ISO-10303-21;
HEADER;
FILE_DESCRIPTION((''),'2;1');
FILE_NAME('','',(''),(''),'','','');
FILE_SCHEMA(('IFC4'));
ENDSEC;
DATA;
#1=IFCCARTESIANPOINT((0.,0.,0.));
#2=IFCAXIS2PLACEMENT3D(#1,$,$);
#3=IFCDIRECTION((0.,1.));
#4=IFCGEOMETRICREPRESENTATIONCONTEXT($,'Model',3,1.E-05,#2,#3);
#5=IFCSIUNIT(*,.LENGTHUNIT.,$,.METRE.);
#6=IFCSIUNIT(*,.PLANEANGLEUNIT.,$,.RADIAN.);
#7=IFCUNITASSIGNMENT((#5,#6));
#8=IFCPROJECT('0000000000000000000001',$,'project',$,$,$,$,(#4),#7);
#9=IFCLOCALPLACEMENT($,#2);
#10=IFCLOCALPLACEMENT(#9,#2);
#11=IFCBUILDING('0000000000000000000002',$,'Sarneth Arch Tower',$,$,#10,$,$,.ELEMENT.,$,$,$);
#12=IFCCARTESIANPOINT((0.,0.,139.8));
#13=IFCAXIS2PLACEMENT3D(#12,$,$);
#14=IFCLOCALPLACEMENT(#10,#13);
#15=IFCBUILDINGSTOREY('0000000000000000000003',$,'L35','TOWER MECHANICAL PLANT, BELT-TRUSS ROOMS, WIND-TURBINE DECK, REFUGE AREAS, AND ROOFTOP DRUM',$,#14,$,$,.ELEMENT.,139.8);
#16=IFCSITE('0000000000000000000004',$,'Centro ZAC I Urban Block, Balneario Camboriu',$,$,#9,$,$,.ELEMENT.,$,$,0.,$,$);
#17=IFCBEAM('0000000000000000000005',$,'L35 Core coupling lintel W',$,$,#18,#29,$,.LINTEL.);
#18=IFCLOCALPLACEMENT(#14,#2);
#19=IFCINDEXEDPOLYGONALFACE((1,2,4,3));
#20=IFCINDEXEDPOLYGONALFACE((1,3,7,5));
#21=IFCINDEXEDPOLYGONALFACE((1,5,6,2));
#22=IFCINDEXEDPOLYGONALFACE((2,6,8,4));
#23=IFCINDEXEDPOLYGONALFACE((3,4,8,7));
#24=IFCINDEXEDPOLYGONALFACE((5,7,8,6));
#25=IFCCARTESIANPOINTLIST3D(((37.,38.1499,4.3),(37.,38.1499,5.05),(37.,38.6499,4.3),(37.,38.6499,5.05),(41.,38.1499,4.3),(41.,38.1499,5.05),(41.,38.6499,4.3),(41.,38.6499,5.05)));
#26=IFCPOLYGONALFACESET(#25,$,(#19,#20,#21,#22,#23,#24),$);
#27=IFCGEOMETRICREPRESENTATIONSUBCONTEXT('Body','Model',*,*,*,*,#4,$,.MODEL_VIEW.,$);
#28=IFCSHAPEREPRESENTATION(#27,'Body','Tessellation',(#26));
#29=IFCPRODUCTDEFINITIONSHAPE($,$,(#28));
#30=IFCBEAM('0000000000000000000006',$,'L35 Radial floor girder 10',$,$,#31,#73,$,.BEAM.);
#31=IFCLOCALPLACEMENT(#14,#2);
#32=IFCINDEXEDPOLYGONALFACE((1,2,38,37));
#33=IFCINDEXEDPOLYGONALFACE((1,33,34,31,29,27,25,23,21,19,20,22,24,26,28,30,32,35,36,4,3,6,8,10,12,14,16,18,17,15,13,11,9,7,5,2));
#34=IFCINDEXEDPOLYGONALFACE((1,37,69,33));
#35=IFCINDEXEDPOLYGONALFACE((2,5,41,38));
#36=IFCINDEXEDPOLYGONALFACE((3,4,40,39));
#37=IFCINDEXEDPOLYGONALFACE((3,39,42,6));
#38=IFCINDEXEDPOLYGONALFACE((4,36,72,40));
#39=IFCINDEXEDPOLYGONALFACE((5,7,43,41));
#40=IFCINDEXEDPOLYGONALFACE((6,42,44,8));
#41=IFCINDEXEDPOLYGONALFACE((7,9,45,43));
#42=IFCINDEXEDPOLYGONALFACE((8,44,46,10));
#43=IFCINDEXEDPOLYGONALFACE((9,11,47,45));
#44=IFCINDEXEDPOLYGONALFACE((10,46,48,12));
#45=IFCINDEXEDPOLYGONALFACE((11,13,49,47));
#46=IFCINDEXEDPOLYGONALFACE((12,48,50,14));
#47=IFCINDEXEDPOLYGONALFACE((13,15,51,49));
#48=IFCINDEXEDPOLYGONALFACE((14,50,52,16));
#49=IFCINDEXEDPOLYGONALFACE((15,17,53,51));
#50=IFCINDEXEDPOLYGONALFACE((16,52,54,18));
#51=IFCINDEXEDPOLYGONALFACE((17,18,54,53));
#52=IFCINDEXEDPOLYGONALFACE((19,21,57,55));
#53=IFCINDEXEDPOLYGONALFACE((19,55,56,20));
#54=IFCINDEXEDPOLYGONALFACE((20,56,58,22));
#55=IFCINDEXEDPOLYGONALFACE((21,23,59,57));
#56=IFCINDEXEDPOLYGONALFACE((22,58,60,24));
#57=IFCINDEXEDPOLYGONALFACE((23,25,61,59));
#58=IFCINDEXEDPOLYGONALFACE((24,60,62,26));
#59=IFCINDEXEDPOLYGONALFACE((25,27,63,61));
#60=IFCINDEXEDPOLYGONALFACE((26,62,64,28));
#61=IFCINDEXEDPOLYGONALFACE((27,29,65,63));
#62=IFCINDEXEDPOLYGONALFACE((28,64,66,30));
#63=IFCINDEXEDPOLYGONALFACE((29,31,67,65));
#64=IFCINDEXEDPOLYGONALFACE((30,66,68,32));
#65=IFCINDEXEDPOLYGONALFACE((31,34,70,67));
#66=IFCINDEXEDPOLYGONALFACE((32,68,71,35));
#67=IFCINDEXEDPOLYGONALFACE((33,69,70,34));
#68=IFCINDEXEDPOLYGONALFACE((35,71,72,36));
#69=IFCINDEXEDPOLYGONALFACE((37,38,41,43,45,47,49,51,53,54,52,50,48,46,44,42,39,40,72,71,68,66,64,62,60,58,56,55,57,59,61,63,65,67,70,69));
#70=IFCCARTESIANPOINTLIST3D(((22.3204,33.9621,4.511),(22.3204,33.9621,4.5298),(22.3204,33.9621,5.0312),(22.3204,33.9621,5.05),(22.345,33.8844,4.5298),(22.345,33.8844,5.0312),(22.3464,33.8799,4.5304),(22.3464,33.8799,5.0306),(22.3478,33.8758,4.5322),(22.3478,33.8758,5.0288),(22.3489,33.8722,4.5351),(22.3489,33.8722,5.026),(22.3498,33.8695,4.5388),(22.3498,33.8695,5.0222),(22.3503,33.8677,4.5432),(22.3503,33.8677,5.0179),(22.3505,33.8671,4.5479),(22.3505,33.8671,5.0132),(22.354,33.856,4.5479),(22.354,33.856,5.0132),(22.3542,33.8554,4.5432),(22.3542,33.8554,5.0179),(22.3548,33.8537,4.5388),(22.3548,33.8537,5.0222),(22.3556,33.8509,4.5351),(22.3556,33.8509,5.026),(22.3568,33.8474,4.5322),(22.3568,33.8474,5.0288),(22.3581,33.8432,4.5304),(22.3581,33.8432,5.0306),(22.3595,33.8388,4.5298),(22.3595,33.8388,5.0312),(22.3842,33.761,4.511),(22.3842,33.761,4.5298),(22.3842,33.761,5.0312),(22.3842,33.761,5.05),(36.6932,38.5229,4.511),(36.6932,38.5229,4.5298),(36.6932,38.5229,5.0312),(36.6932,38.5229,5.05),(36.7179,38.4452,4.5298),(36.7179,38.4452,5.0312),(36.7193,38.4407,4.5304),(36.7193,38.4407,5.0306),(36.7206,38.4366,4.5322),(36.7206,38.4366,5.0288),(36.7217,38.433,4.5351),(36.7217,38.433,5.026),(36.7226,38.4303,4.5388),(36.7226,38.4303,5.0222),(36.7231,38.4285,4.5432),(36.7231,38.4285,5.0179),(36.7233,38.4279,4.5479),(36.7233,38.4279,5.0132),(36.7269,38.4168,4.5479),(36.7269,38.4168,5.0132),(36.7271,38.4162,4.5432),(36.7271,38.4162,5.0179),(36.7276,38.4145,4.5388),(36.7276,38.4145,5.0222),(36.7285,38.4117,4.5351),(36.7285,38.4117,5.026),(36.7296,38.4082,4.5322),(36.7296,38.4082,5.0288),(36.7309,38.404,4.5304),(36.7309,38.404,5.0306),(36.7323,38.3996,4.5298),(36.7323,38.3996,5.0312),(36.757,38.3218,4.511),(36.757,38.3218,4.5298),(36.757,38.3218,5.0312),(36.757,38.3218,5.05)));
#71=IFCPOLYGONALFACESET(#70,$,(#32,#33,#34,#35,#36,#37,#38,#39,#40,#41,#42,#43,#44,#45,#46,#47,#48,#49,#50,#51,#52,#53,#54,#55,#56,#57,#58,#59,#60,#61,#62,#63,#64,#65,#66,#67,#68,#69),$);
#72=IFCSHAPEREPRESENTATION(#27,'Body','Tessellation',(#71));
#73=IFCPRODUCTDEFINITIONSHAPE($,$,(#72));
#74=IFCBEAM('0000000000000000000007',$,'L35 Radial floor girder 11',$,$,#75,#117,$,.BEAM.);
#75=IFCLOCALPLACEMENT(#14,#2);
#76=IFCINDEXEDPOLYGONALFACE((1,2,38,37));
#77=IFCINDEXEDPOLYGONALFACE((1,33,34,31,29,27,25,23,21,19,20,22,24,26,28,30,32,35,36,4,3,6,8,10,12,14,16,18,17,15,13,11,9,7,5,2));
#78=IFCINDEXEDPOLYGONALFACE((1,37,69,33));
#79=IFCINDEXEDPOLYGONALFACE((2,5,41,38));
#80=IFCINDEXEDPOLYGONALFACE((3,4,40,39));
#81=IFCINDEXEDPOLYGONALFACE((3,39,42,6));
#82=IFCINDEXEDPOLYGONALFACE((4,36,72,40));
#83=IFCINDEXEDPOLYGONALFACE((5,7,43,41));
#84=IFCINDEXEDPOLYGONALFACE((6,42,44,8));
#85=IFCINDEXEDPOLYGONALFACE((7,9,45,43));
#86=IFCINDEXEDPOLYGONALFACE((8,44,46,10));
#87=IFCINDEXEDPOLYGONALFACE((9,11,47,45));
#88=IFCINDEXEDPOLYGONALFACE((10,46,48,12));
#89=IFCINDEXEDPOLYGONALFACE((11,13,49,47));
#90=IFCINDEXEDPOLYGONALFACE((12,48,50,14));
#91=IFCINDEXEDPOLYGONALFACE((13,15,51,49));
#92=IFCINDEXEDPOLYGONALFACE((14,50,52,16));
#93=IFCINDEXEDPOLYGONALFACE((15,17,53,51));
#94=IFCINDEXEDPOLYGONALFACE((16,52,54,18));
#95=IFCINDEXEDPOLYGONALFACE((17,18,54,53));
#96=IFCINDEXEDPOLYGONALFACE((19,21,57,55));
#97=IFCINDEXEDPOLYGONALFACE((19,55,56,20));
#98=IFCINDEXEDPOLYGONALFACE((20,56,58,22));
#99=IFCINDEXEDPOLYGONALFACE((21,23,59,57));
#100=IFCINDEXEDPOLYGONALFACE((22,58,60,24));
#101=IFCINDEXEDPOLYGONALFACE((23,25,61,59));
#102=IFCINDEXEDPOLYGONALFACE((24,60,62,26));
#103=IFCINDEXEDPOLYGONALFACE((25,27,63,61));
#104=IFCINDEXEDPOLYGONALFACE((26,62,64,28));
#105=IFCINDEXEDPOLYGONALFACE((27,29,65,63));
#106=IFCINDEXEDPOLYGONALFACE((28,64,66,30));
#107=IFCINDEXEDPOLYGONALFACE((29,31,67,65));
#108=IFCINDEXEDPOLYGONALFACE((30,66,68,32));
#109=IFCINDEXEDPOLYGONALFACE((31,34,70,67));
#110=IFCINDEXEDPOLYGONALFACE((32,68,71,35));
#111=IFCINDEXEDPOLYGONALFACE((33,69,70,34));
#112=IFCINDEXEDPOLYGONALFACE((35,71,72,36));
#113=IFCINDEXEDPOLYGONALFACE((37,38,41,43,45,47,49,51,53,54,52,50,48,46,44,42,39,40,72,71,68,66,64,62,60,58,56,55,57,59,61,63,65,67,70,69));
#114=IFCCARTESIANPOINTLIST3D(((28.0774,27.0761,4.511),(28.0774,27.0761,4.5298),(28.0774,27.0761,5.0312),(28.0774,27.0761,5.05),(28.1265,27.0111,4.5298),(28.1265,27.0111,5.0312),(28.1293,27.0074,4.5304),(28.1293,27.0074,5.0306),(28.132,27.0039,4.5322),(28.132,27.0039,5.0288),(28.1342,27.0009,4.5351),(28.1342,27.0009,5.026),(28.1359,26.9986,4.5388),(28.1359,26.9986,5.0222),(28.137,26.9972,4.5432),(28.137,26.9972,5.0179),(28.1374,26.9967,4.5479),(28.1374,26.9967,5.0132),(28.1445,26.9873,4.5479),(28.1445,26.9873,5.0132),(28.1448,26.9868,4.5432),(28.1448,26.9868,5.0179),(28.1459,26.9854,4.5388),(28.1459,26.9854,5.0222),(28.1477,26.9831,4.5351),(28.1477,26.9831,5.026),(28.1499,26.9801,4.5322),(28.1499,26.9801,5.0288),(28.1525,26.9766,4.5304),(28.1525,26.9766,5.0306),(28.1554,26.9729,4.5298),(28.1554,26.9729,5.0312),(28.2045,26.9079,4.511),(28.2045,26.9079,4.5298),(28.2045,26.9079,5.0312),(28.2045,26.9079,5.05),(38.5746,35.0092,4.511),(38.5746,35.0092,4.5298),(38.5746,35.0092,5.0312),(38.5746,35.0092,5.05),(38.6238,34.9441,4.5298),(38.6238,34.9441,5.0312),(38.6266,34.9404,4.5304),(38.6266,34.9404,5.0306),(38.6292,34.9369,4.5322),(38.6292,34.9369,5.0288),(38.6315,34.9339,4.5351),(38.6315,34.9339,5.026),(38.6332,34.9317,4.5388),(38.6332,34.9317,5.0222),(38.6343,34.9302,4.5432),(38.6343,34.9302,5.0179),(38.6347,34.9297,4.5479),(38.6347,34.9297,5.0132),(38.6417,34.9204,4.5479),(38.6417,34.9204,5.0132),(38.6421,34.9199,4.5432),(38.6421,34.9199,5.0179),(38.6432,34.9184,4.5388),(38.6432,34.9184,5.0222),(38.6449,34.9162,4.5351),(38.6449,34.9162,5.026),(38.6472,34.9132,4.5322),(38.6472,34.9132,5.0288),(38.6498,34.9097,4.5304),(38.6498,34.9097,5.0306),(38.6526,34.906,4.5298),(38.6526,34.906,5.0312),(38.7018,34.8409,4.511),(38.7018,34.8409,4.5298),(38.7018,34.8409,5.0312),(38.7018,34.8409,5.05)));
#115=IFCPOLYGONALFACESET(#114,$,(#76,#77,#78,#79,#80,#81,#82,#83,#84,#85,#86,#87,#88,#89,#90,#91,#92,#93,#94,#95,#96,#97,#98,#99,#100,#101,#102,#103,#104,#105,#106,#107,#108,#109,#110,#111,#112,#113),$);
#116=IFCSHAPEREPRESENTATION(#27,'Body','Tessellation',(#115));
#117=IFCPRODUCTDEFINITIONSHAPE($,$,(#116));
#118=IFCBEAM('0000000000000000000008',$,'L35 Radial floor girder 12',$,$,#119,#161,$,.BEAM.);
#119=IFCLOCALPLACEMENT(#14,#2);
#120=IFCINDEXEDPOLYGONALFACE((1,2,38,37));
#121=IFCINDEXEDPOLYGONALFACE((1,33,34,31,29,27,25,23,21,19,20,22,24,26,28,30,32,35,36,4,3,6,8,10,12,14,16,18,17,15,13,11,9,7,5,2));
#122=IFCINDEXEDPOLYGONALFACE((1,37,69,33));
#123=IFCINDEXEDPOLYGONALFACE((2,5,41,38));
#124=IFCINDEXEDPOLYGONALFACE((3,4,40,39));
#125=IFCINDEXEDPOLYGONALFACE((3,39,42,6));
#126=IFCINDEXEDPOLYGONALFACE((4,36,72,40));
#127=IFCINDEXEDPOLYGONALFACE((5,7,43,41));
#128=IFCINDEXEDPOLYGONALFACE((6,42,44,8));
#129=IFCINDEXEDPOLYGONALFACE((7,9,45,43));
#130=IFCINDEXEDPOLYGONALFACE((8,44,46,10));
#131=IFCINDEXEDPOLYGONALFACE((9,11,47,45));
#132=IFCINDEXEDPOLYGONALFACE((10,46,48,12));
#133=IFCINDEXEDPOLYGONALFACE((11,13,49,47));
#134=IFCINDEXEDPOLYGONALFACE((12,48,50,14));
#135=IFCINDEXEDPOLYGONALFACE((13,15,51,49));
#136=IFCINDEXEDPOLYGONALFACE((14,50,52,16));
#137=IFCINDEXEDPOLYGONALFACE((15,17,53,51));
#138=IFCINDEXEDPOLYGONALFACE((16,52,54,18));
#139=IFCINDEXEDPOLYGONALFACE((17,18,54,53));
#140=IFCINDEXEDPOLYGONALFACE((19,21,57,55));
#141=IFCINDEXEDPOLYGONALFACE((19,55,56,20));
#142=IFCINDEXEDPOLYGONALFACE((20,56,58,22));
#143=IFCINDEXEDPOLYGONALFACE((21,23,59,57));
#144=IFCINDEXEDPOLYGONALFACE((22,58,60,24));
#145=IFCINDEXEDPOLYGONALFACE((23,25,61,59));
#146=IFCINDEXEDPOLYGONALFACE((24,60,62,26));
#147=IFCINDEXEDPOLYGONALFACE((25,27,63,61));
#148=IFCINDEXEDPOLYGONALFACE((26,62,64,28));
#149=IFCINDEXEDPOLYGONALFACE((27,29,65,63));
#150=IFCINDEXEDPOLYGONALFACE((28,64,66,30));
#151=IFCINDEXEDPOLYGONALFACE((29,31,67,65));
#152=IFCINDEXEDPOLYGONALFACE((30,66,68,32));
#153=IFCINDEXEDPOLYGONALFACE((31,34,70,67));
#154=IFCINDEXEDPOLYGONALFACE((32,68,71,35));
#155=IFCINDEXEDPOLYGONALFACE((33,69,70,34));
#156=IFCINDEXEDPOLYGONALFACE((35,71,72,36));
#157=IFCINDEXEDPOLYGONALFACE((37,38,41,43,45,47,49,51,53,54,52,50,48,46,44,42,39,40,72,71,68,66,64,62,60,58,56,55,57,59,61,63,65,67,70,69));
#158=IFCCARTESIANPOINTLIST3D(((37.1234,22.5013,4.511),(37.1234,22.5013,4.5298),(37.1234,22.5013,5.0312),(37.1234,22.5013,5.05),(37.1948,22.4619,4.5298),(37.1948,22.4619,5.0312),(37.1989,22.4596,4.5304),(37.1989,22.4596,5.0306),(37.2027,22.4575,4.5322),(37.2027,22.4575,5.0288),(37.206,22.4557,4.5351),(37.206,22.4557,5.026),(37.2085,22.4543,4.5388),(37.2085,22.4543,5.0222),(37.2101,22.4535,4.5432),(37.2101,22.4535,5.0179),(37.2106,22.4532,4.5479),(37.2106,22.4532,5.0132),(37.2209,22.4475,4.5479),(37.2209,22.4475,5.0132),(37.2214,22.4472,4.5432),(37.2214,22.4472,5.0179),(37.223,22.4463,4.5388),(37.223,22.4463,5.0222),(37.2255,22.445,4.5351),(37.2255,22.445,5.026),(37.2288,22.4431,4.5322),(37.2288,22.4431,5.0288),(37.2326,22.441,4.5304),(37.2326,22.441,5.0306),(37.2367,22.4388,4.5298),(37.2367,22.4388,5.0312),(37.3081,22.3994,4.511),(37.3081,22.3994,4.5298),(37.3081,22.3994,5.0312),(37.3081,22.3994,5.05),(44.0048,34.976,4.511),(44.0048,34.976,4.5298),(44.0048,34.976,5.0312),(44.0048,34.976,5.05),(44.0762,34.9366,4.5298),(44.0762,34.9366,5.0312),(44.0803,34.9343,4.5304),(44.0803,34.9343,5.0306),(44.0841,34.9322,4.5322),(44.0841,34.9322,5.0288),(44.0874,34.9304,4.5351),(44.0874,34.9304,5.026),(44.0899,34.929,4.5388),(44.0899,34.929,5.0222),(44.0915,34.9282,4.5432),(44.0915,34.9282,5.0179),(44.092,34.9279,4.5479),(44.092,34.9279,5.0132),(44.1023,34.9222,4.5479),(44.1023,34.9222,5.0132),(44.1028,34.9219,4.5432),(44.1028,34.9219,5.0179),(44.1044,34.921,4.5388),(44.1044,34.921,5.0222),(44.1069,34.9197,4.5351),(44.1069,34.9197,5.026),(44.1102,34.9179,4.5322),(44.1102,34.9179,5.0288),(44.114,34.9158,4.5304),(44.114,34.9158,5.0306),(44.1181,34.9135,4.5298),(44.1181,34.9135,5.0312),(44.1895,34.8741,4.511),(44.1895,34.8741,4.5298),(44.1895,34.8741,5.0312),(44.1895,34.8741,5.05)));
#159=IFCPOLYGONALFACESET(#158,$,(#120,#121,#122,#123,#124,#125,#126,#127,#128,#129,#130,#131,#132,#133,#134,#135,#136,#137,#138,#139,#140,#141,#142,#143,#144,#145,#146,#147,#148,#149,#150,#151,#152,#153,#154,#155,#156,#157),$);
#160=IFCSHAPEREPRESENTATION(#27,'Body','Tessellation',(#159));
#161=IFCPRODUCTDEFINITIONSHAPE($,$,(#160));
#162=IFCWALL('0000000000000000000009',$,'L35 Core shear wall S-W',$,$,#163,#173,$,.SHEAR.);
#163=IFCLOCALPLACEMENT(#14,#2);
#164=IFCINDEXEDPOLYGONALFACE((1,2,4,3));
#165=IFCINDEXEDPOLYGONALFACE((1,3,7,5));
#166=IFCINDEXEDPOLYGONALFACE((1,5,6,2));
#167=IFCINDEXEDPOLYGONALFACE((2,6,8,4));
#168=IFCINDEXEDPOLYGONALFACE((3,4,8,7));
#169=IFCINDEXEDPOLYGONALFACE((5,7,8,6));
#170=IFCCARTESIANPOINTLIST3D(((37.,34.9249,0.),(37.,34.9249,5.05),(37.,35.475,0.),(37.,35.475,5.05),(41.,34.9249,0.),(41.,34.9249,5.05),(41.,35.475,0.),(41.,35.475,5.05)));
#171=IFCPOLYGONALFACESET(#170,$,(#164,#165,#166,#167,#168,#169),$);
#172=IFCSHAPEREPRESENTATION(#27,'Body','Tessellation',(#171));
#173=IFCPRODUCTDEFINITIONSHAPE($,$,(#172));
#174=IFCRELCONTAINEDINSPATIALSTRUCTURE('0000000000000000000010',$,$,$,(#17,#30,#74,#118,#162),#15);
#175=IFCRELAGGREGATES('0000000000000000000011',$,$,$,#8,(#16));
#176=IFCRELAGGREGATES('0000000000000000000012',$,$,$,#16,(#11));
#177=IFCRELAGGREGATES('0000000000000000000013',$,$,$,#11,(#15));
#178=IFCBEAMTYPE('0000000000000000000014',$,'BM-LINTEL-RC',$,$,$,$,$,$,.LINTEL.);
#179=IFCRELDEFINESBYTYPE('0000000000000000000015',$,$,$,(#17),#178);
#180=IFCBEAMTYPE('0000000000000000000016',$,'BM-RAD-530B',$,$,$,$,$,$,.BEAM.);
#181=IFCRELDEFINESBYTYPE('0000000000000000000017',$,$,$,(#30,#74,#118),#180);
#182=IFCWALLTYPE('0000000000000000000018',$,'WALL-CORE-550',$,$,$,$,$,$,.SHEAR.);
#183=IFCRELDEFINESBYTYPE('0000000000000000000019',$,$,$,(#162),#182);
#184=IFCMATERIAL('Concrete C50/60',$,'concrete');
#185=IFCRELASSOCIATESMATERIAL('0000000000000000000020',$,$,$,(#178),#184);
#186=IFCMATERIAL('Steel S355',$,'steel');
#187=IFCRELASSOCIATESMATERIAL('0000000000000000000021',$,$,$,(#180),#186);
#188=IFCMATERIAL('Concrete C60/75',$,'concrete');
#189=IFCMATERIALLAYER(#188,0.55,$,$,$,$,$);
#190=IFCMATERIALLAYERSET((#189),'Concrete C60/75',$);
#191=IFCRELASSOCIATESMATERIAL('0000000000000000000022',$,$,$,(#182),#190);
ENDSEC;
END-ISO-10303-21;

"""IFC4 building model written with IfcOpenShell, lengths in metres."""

from ifc_helpers import new_model, si_unit, direction, frame, frame_2d, origin, origin_2d, place, context, subcontext, project, spatial, rectangle, i_section, extrude, material, layer, layer_set, material_profile, profile_set, type_object, element, save


model = new_model("IFC4")

# Units and contexts
model_context = context("Model", 3, precision=1e-05, world=origin(), true_north=direction((0.0, 1.0)))
body_context = subcontext(model_context, "Body", "Model", "MODEL_VIEW")
ifc_project = project(units=[si_unit("LENGTHUNIT", "METRE"), si_unit("PLANEANGLEUNIT", "RADIAN")], contexts=[model_context])

# Site, building, storey
site_placement = place(None, origin())
site = spatial("IfcSite", under=ifc_project, at=site_placement, Name="Centro ZAC I Urban Block, Balneario Camboriu", CompositionType="ELEMENT", RefElevation=0.0)
building_placement = place(site_placement, origin())
building = spatial("IfcBuilding", under=site, at=building_placement, Name="Sarneth Arch Tower", CompositionType="ELEMENT")
storey_placement = place(building_placement, frame((0.0, 0.0, 139.8)))
storey = spatial("IfcBuildingStorey", under=building, at=storey_placement, Name="L35", Description="TOWER MECHANICAL PLANT, BELT-TRUSS ROOMS, WIND-TURBINE DECK, REFUGE AREAS, AND ROOFTOP DRUM", CompositionType="ELEMENT", Elevation=139.8)

# Beams
ifc_material_1 = material(Name="Concrete C50/60", Category="concrete")
ifc_material_profile_1 = material_profile(ifc_material_1, rectangle(XDim=0.5, YDim=0.75, at=origin_2d()), Name="RC-500x750")
ifc_profile_set_1 = profile_set([ifc_material_profile_1], Name="Concrete C50/60")
beam_type_1 = type_object("IfcBeamType", Name="BM-LINTEL-RC", PredefinedType="LINTEL", material=ifc_profile_set_1)
beam_1_placement = place(storey_placement, frame((37.0, 38.3999, 4.675), z_axis=(1.0, 0.0, 0.0), x_axis=(0.0, 1.0, 0.0)))
element("IfcBeam", 1, at=beam_1_placement, inside=storey, type_object=beam_type_1, Name="L35 Core coupling lintel W", PredefinedType="LINTEL", context=body_context, shape_type="SweptSolid", body=[
    extrude(rectangle(XDim=0.5, YDim=0.75, at=origin_2d()), origin(), (0.0, 0.0, 1.0), 4.0),
])
ifc_material_2 = material(Name="Steel S355", Category="steel")
ifc_material_profile_2 = material_profile(ifc_material_2, i_section(OverallWidth=0.2109, OverallDepth=0.5391, WebThickness=0.0117, FlangeThickness=0.0188, FilletRadius=0.0181, at=origin_2d()), Name="W530x109")
ifc_profile_set_2 = profile_set([ifc_material_profile_2], Name="Steel S355")
beam_type_2 = type_object("IfcBeamType", Name="BM-RAD-530B", PredefinedType="BEAM", material=ifc_profile_set_2)
beam_2_placement = place(storey_placement, frame((36.7251, 38.4224, 4.7805), z_axis=(-0.953163, -0.302458, 0.0), x_axis=(0.302458, -0.953163, 0.0)))
element("IfcBeam", 2, at=beam_2_placement, inside=storey, type_object=beam_type_2, Name="L35 Radial floor girder 10", PredefinedType="BEAM", context=body_context, shape_type="SweptSolid", body=[
    extrude(i_section(OverallWidth=0.2109, OverallDepth=0.5391, WebThickness=0.0117, FlangeThickness=0.0188, FilletRadius=0.0181, at=origin_2d()), origin(), (0.0, 0.0, 1.0), 15.0791),
])
beam_3_placement = place(storey_placement, frame((38.6382, 34.925, 4.7805), z_axis=(-0.797801, -0.60292, 0.0), x_axis=(0.60292, -0.797801, 0.0)))
element("IfcBeam", 3, at=beam_3_placement, inside=storey, type_object=beam_type_2, Name="L35 Radial floor girder 11", PredefinedType="BEAM", context=body_context, shape_type="SweptSolid", body=[
    extrude(i_section(OverallWidth=0.2109, OverallDepth=0.5391, WebThickness=0.0117, FlangeThickness=0.0188, FilletRadius=0.0181, at=origin_2d()), origin(), (0.0, 0.0, 1.0), 13.1577),
])
beam_4_placement = place(storey_placement, frame((44.0972, 34.925, 4.7805), z_axis=(-0.483013, -0.875613, 0.0), x_axis=(0.875613, -0.483013, 0.0)))
element("IfcBeam", 4, at=beam_4_placement, inside=storey, type_object=beam_type_2, Name="L35 Radial floor girder 12", PredefinedType="BEAM", context=body_context, shape_type="SweptSolid", body=[
    extrude(i_section(OverallWidth=0.2109, OverallDepth=0.5391, WebThickness=0.0117, FlangeThickness=0.0188, FilletRadius=0.0181, at=origin_2d()), origin(), (0.0, 0.0, 1.0), 14.2468),
])

# Wall
ifc_material_3 = material(Name="Concrete C60/75", Category="concrete")
ifc_layer_1 = layer(ifc_material_3, 0.55)
ifc_layer_set_1 = layer_set([ifc_layer_1], Name="Concrete C60/75")
wall_type_1 = type_object("IfcWallType", Name="WALL-CORE-550", PredefinedType="SHEAR", material=ifc_layer_set_1)
wall_1_placement = place(storey_placement, frame((37.0, 35.2, 0.0), z_axis=(0.0, 0.0, 1.0), x_axis=(1.0, 0.0, 0.0)))
element("IfcWall", 5, at=wall_1_placement, inside=storey, type_object=wall_type_1, Name="L35 Core shear wall S-W", PredefinedType="SHEAR", context=body_context, shape_type="SweptSolid", body=[
    extrude(rectangle(XDim=4.0, YDim=0.55, at=frame_2d((2.0, 0.0))), origin(), (0.0, 0.0, 1.0), 5.05),
])

save(model, "model.ifc")
